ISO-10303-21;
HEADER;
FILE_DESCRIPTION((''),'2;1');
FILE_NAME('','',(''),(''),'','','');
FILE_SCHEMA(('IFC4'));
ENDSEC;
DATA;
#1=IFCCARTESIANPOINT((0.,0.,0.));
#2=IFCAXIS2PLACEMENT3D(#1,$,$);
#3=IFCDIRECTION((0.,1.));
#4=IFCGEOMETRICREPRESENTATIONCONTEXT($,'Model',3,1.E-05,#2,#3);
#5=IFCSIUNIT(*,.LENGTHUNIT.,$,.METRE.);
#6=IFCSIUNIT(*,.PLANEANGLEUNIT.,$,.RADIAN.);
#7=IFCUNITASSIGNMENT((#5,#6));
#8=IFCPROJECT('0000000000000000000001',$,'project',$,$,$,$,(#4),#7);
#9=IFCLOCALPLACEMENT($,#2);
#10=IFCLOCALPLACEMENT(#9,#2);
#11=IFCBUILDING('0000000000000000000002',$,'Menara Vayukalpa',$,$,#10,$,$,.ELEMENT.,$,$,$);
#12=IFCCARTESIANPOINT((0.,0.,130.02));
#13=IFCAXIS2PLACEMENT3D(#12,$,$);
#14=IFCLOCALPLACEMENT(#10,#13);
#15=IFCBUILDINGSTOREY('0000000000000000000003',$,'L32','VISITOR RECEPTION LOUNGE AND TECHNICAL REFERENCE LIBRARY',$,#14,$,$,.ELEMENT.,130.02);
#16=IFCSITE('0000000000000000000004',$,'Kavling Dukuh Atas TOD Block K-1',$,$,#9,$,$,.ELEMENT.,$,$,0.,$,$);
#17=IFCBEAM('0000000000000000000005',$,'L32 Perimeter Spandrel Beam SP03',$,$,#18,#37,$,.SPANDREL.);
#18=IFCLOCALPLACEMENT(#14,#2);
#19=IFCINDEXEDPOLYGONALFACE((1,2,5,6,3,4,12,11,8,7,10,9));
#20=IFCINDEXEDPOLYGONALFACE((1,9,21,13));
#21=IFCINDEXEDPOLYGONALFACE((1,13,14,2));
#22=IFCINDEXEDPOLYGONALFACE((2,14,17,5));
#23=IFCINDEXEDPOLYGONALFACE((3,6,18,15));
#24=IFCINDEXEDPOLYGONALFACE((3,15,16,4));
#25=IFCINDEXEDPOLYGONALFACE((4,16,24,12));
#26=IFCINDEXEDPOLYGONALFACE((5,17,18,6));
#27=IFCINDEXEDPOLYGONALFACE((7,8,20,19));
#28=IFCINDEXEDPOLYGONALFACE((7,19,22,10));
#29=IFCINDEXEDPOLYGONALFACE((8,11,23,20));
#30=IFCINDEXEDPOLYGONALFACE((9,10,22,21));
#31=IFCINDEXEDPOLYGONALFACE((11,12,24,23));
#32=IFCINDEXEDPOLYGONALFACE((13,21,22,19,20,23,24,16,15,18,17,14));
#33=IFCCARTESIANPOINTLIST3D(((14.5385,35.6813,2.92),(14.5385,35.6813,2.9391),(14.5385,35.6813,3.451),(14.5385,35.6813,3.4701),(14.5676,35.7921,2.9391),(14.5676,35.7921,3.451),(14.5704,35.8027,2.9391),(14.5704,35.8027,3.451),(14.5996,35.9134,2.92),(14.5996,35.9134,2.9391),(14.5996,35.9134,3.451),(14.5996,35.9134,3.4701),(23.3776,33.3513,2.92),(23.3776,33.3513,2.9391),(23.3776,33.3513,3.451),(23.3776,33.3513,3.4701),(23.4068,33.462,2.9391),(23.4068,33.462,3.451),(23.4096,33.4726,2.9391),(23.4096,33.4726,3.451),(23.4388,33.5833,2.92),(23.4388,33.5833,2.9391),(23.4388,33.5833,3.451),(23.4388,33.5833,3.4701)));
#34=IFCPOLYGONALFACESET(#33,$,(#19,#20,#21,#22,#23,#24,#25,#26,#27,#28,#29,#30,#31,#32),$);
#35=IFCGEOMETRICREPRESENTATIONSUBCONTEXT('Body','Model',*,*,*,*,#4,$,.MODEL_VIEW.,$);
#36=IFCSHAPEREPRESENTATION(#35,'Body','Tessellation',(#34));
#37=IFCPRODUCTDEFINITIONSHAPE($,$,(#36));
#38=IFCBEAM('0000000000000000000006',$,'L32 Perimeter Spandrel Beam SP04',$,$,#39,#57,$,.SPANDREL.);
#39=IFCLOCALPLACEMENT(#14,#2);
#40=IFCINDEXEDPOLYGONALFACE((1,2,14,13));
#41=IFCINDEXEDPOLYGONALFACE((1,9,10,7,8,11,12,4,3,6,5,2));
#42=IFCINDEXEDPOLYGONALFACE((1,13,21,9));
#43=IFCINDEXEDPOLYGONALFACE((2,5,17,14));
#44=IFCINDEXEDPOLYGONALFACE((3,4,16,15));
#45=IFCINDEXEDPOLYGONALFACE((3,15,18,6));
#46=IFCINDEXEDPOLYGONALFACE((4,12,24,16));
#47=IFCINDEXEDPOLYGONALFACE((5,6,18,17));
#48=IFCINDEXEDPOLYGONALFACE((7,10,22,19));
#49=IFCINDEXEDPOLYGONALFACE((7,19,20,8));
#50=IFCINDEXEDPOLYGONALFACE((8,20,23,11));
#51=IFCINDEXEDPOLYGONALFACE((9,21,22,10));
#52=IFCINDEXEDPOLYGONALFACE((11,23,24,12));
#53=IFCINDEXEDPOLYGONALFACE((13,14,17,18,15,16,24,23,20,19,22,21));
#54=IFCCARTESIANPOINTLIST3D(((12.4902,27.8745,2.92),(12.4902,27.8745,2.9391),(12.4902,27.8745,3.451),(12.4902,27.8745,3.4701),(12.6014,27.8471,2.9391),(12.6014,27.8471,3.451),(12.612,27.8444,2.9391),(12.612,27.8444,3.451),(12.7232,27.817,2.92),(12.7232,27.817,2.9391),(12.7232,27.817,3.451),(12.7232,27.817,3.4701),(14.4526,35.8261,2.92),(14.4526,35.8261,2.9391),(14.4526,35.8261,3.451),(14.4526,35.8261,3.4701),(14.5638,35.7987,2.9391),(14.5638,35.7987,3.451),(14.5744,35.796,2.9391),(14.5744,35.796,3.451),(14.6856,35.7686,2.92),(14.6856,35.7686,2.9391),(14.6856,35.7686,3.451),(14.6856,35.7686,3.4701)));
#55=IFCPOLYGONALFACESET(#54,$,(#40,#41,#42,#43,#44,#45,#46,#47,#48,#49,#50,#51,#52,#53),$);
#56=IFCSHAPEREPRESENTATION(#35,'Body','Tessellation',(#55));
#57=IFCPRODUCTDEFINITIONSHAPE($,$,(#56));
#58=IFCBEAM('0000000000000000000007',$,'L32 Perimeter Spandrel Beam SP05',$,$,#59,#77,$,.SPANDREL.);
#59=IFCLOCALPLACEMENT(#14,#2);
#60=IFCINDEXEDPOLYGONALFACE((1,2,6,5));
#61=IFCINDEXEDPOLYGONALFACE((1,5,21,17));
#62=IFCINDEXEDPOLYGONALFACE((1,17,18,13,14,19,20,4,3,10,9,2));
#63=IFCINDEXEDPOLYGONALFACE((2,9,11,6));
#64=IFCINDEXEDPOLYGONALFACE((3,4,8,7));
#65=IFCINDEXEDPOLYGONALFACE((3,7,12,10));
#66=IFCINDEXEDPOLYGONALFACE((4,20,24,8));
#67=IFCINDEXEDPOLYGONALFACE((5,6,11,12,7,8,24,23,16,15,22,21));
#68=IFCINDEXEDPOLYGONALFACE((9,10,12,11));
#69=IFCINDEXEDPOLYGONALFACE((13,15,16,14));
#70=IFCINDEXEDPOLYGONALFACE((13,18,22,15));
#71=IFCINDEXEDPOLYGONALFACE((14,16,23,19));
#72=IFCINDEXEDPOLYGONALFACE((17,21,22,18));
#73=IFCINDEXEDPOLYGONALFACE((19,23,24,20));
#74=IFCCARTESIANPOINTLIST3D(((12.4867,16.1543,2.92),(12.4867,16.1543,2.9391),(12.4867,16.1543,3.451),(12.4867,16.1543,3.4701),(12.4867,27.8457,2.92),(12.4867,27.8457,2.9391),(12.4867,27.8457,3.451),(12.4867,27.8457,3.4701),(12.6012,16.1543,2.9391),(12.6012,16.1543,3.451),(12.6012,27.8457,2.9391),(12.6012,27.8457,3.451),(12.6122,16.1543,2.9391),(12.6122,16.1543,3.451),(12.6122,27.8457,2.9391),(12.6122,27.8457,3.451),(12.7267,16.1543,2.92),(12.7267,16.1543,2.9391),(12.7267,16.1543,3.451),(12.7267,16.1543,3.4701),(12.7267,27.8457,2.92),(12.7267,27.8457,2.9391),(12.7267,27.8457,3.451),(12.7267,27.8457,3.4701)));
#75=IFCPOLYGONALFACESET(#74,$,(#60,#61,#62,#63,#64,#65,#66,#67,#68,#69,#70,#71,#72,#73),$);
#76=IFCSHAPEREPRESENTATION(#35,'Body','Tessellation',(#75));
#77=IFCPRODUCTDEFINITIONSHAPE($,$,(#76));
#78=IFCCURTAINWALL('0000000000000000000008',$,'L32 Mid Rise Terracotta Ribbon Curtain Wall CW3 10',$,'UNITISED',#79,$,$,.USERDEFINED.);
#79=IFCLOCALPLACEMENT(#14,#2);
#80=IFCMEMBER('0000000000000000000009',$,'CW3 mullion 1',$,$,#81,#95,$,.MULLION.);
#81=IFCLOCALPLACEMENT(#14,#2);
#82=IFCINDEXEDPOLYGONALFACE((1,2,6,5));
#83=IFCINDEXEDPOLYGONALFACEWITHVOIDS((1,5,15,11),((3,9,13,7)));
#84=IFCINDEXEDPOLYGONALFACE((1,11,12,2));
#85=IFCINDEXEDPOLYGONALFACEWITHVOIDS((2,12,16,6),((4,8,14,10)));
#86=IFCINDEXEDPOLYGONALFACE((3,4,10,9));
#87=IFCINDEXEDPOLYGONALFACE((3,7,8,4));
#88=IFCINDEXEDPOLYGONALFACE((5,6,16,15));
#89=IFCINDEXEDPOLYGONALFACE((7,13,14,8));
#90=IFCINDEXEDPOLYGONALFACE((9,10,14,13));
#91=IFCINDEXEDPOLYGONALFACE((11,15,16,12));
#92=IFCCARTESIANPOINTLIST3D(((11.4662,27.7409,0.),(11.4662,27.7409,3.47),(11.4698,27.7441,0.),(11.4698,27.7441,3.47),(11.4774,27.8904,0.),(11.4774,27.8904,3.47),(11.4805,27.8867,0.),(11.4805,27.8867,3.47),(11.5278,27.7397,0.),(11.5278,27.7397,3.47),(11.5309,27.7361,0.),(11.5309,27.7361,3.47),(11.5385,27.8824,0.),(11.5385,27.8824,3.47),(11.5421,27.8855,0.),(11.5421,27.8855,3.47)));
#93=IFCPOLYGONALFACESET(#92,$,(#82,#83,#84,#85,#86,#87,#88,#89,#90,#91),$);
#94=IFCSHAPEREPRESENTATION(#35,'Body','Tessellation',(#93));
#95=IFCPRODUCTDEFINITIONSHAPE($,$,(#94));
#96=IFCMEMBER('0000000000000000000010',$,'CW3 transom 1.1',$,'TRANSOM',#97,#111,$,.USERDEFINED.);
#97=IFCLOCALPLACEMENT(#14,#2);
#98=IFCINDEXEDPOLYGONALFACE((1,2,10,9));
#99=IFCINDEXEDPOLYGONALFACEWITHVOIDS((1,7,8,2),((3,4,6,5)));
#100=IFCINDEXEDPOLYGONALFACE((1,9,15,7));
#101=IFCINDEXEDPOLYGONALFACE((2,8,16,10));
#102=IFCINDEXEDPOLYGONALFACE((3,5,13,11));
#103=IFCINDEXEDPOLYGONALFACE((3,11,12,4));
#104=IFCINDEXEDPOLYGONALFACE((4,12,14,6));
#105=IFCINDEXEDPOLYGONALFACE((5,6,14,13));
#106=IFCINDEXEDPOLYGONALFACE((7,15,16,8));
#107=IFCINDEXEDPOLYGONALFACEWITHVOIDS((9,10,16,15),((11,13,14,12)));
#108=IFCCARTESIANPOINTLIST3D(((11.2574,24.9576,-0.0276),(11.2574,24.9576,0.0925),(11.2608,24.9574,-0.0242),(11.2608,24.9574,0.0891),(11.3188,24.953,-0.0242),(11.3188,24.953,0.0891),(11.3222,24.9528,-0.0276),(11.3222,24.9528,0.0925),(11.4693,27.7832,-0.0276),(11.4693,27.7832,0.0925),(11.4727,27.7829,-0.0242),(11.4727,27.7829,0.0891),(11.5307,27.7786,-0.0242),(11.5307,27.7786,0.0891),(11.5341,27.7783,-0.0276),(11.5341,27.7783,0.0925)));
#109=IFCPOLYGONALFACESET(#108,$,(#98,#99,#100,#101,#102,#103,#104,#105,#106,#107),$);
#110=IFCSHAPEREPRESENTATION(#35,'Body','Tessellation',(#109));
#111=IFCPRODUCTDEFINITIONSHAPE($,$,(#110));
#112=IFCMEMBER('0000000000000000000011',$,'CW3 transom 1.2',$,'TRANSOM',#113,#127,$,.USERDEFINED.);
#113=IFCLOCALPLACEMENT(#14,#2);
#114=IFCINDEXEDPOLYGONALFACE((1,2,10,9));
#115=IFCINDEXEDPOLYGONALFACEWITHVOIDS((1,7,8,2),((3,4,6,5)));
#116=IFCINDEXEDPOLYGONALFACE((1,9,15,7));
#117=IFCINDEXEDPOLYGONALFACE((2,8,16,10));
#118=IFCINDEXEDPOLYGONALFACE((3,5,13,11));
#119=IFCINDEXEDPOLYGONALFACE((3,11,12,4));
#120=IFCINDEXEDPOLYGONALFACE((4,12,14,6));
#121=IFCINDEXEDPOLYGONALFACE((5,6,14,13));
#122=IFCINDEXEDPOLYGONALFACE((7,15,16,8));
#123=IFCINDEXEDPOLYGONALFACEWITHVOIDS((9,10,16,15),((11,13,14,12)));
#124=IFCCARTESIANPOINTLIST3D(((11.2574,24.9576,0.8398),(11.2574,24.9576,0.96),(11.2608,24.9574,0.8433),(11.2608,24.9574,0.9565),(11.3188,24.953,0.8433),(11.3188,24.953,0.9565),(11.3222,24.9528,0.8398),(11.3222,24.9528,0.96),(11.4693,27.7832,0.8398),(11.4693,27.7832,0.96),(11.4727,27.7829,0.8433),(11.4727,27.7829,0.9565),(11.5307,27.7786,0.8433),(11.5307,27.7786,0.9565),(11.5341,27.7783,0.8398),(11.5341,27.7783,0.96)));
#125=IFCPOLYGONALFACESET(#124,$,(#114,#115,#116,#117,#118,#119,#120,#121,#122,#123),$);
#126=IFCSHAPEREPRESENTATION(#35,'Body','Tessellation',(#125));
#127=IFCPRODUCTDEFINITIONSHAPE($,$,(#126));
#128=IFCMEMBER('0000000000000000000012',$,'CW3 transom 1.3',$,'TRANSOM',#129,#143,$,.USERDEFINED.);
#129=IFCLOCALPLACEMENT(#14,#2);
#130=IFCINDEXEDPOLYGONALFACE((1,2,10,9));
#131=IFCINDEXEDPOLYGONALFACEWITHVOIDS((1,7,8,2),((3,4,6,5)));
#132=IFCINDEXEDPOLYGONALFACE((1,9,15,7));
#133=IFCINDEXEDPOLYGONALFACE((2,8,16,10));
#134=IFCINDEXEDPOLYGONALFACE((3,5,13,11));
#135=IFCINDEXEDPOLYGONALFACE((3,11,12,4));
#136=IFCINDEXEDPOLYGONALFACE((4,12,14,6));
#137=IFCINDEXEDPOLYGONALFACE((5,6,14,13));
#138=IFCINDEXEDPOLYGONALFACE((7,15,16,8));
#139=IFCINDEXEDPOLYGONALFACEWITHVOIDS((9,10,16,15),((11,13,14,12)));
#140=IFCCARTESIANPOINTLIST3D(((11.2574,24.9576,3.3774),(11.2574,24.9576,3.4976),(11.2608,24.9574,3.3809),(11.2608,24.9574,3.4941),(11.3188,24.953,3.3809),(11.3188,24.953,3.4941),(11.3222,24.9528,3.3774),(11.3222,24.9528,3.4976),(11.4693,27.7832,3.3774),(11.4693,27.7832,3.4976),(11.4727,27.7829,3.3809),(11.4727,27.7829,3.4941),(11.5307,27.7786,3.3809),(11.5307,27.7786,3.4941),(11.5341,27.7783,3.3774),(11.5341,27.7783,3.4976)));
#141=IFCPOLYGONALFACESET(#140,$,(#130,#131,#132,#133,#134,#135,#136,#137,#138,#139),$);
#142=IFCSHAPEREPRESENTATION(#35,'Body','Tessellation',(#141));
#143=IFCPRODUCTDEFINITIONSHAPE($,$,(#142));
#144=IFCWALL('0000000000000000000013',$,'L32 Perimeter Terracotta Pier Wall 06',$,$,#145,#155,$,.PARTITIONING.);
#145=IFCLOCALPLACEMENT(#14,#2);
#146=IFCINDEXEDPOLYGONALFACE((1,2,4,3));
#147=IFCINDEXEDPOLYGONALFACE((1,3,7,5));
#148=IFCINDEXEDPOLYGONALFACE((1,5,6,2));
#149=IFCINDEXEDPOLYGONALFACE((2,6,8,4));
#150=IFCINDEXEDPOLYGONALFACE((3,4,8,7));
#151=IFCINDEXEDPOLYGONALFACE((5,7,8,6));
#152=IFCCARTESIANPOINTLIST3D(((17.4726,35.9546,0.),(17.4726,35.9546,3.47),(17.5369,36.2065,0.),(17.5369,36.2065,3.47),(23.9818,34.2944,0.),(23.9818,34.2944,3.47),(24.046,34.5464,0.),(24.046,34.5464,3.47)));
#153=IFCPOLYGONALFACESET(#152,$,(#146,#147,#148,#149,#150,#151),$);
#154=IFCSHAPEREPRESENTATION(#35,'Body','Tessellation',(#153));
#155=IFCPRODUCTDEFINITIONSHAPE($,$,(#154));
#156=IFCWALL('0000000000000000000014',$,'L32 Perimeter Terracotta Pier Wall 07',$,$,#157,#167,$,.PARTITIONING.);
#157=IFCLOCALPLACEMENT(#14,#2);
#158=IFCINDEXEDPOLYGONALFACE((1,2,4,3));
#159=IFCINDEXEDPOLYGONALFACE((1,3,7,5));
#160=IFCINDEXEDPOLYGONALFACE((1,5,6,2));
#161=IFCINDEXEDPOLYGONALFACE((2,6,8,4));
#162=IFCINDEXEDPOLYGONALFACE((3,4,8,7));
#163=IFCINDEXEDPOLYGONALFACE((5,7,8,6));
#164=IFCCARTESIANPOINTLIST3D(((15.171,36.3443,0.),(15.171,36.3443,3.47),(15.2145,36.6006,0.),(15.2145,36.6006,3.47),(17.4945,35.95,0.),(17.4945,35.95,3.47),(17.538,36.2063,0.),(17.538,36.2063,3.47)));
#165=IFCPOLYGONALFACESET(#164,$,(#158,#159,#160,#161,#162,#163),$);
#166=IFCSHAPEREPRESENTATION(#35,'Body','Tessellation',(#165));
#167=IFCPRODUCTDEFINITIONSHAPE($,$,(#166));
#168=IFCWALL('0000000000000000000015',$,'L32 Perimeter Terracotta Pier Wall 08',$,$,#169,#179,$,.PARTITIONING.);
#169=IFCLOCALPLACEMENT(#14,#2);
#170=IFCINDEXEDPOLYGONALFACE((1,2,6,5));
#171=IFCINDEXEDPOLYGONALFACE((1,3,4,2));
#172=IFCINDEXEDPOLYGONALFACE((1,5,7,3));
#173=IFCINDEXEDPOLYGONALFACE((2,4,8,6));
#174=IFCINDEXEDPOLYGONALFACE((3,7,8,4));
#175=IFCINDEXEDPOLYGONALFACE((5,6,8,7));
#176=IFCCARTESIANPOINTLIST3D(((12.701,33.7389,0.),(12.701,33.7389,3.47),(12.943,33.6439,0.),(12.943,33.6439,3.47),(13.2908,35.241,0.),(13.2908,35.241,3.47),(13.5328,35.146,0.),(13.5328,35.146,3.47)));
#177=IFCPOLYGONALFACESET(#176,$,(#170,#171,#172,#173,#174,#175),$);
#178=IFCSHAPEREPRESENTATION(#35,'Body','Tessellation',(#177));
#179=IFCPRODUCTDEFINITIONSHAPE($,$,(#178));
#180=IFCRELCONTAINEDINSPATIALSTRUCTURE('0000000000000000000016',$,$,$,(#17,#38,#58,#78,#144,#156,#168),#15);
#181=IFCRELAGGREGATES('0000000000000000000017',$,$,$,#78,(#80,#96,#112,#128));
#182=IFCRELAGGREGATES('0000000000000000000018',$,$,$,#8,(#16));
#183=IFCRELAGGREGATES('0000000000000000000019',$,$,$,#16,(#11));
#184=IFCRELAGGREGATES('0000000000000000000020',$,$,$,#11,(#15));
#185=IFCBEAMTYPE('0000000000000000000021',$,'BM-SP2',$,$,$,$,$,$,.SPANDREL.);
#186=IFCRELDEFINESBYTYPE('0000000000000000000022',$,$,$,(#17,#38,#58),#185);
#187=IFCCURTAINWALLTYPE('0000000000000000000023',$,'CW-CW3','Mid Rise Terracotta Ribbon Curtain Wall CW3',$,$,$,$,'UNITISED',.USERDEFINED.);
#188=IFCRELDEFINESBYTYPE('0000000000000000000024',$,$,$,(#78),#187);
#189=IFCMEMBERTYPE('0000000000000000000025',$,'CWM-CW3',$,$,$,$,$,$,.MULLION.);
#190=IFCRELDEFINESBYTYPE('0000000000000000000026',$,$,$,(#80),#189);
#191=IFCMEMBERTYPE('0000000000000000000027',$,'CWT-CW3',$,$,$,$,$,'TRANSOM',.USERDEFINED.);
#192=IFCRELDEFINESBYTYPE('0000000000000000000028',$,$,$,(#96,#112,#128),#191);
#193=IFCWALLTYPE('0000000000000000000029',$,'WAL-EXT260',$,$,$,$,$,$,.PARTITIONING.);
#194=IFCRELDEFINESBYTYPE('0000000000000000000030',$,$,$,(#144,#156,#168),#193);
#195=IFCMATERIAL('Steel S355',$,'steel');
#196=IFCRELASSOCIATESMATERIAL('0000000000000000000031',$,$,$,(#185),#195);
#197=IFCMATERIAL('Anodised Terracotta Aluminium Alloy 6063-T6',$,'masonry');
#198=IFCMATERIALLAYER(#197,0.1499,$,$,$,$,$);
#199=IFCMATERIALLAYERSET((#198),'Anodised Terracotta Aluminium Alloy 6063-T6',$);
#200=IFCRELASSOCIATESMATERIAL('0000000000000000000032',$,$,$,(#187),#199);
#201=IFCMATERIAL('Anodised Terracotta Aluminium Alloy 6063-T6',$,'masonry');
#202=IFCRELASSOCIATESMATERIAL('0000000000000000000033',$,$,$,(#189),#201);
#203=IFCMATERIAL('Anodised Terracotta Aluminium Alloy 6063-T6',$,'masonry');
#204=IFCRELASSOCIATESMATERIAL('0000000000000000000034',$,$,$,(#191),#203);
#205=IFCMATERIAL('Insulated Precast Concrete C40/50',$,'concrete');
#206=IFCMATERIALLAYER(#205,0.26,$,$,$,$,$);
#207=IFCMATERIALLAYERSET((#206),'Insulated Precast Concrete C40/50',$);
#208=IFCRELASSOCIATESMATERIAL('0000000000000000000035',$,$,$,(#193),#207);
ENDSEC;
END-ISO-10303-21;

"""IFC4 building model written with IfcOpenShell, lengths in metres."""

from ifc_helpers import new_model, si_unit, direction, frame, frame_2d, origin, origin_2d, place, context, subcontext, project, spatial, rectangle, hollow_rectangle, i_section, extrude, material, layer, layer_set, material_profile, profile_set, type_object, element, aggregate, save


model = new_model("IFC4")

# Units and contexts
model_context = context("Model", 3, precision=1e-05, world=origin(), true_north=direction((0.0, 1.0)))
body_context = subcontext(model_context, "Body", "Model", "MODEL_VIEW")
ifc_project = project(units=[si_unit("LENGTHUNIT", "METRE"), si_unit("PLANEANGLEUNIT", "RADIAN")], contexts=[model_context])

# Site, building, storey
site_placement = place(None, origin())
site = spatial("IfcSite", under=ifc_project, at=site_placement, Name="Kavling Dukuh Atas TOD Block K-1", CompositionType="ELEMENT", RefElevation=0.0)
building_placement = place(site_placement, origin())
building = spatial("IfcBuilding", under=site, at=building_placement, Name="Menara Vayukalpa", CompositionType="ELEMENT")
storey_placement = place(building_placement, frame((0.0, 0.0, 130.02)))
storey = spatial("IfcBuildingStorey", under=building, at=storey_placement, Name="L32", Description="VISITOR RECEPTION LOUNGE AND TECHNICAL REFERENCE LIBRARY", CompositionType="ELEMENT", Elevation=130.02)

# Beams
ifc_material_1 = material(Name="Steel S355", Category="steel")
ifc_material_profile_1 = material_profile(ifc_material_1, i_section(OverallWidth=0.24, OverallDepth=0.55, WebThickness=0.011, FlangeThickness=0.019, at=origin_2d()), Name="WF 550x240x11x19")
ifc_profile_set_1 = profile_set([ifc_material_profile_1], Name="Steel S355")
beam_type_1 = type_object("IfcBeamType", Name="BM-SP2", PredefinedType="SPANDREL", material=ifc_profile_set_1)
beam_1_placement = place(storey_placement, frame((23.4082, 33.4673, 3.1951), z_axis=(-0.966967, 0.254902, 0.0), x_axis=(-0.254902, -0.966967, 0.0)))
element("IfcBeam", 1, at=beam_1_placement, inside=storey, type_object=beam_type_1, Name="L32 Perimeter Spandrel Beam SP03", PredefinedType="SPANDREL", context=body_context, shape_type="SweptSolid", body=[
    extrude(i_section(OverallWidth=0.24, OverallDepth=0.55, WebThickness=0.011, FlangeThickness=0.019, at=origin_2d()), origin(), (0.0, 0.0, 1.0), 9.1411),
])
beam_2_placement = place(storey_placement, frame((14.5691, 35.7974, 3.1951), z_axis=(-0.239603, -0.970871, 0.0), x_axis=(0.970871, -0.239603, 0.0)))
element("IfcBeam", 2, at=beam_2_placement, inside=storey, type_object=beam_type_1, Name="L32 Perimeter Spandrel Beam SP04", PredefinedType="SPANDREL", context=body_context, shape_type="SweptSolid", body=[
    extrude(i_section(OverallWidth=0.24, OverallDepth=0.55, WebThickness=0.011, FlangeThickness=0.019, at=origin_2d()), origin(), (0.0, 0.0, 1.0), 8.1902),
])
beam_3_placement = place(storey_placement, frame((12.6067, 27.8457, 3.1951), z_axis=(0.0, -1.0, 0.0), x_axis=(1.0, 0.0, 0.0)))
element("IfcBeam", 3, at=beam_3_placement, inside=storey, type_object=beam_type_1, Name="L32 Perimeter Spandrel Beam SP05", PredefinedType="SPANDREL", context=body_context, shape_type="SweptSolid", body=[
    extrude(i_section(OverallWidth=0.24, OverallDepth=0.55, WebThickness=0.011, FlangeThickness=0.019, at=origin_2d()), origin(), (0.0, 0.0, 1.0), 11.6914),
])

# Curtain wall, members
ifc_material_2 = material(Name="Anodised Terracotta Aluminium Alloy 6063-T6", Category="masonry")
ifc_layer_1 = layer(ifc_material_2, 0.1499)
ifc_layer_set_1 = layer_set([ifc_layer_1], Name="Anodised Terracotta Aluminium Alloy 6063-T6")
curtain_wall_type = type_object("IfcCurtainWallType", Name="CW-CW3", Description="Mid Rise Terracotta Ribbon Curtain Wall CW3", ElementType="UNITISED", PredefinedType="USERDEFINED", material=ifc_layer_set_1)
curtain_wall_placement = place(storey_placement, origin())
curtain_wall = element("IfcCurtainWall", 4, at=curtain_wall_placement, inside=storey, type_object=curtain_wall_type, Name="L32 Mid Rise Terracotta Ribbon Curtain Wall CW3 10", ObjectType="UNITISED", PredefinedType="USERDEFINED")
ifc_material_3 = material(Name="Anodised Terracotta Aluminium Alloy 6063-T6", Category="masonry")
ifc_material_profile_2 = material_profile(ifc_material_3, hollow_rectangle(XDim=0.0649, YDim=0.1499, WallThickness=0.0034, at=origin_2d()), Name="ALU 65x150x3.5")
ifc_profile_set_2 = profile_set([ifc_material_profile_2], Name="Anodised Terracotta Aluminium Alloy 6063-T6")
member_type_1 = type_object("IfcMemberType", Name="CWM-CW3", PredefinedType="MULLION", material=ifc_profile_set_2)
member_1_placement = place(storey_placement, frame((11.5042, 27.8132, 0.0), z_axis=(0.0, 0.0, 1.0), x_axis=(0.9972, -0.074785, 0.0)))
member_1 = element("IfcMember", 5, at=member_1_placement, type_object=member_type_1, Name="CW3 mullion 1", PredefinedType="MULLION", context=body_context, shape_type="SweptSolid", body=[
    extrude(hollow_rectangle(XDim=0.0649, YDim=0.1499, WallThickness=0.0034, at=origin_2d()), origin(), (0.0, 0.0, 1.0), 3.47),
])
ifc_material_4 = material(Name="Anodised Terracotta Aluminium Alloy 6063-T6", Category="masonry")
ifc_material_profile_3 = material_profile(ifc_material_4, hollow_rectangle(XDim=0.0649, YDim=0.1201, WallThickness=0.0034, at=origin_2d()), Name="ALU 65x120x3.5")
ifc_profile_set_3 = profile_set([ifc_material_profile_3], Name="Anodised Terracotta Aluminium Alloy 6063-T6")
member_type_2 = type_object("IfcMemberType", Name="CWT-CW3", ElementType="TRANSOM", PredefinedType="USERDEFINED", material=ifc_profile_set_3)
member_2_placement = place(storey_placement, frame((11.5017, 27.7808, 0.0325), z_axis=(-0.074792, -0.997199, 0.0), x_axis=(0.997199, -0.074792, 0.0)))
member_2 = element("IfcMember", 6, at=member_2_placement, type_object=member_type_2, Name="CW3 transom 1.1", ObjectType="TRANSOM", PredefinedType="USERDEFINED", context=body_context, shape_type="SweptSolid", body=[
    extrude(hollow_rectangle(XDim=0.0649, YDim=0.1201, WallThickness=0.0034, at=origin_2d()), origin(), (0.0, 0.0, 1.0), 2.8335),
])
member_3_placement = place(storey_placement, frame((11.5017, 27.7808, 0.8999), z_axis=(-0.074792, -0.997199, 0.0), x_axis=(0.997199, -0.074792, 0.0)))
member_3 = element("IfcMember", 7, at=member_3_placement, type_object=member_type_2, Name="CW3 transom 1.2", ObjectType="TRANSOM", PredefinedType="USERDEFINED", context=body_context, shape_type="SweptSolid", body=[
    extrude(hollow_rectangle(XDim=0.0649, YDim=0.1201, WallThickness=0.0034, at=origin_2d()), origin(), (0.0, 0.0, 1.0), 2.8335),
])
member_4_placement = place(storey_placement, frame((11.5017, 27.7808, 3.4375), z_axis=(-0.074792, -0.997199, 0.0), x_axis=(0.997199, -0.074792, 0.0)))
member_4 = element("IfcMember", 8, at=member_4_placement, type_object=member_type_2, Name="CW3 transom 1.3", ObjectType="TRANSOM", PredefinedType="USERDEFINED", context=body_context, shape_type="SweptSolid", body=[
    extrude(hollow_rectangle(XDim=0.0649, YDim=0.1201, WallThickness=0.0034, at=origin_2d()), origin(), (0.0, 0.0, 1.0), 2.8335),
])
aggregate(curtain_wall, [member_1, member_2, member_3, member_4])

# Walls
ifc_material_5 = material(Name="Insulated Precast Concrete C40/50", Category="concrete")
ifc_layer_2 = layer(ifc_material_5, 0.26)
ifc_layer_set_2 = layer_set([ifc_layer_2], Name="Insulated Precast Concrete C40/50")
wall_type_1 = type_object("IfcWallType", Name="WAL-EXT260", PredefinedType="PARTITIONING", material=ifc_layer_set_2)
wall_1_placement = place(storey_placement, frame((17.5046, 36.0806, 0.0), z_axis=(0.0, 0.0, 1.0), x_axis=(0.968981, -0.247134, 0.0)))
element("IfcWall", 9, at=wall_1_placement, inside=storey, type_object=wall_type_1, Name="L32 Perimeter Terracotta Pier Wall 06", PredefinedType="PARTITIONING", context=body_context, shape_type="SweptSolid", body=[
    extrude(rectangle(XDim=6.7175, YDim=0.26, at=frame_2d((3.3589, 0.0))), origin(), (0.0, 0.0, 1.0), 3.47),
])
wall_2_placement = place(storey_placement, frame((15.1929, 36.4724, 0.0), z_axis=(0.0, 0.0, 1.0), x_axis=(0.985905, -0.167305, 0.0)))
element("IfcWall", 10, at=wall_2_placement, inside=storey, type_object=wall_type_1, Name="L32 Perimeter Terracotta Pier Wall 07", PredefinedType="PARTITIONING", context=body_context, shape_type="SweptSolid", body=[
    extrude(rectangle(XDim=2.3567, YDim=0.26, at=frame_2d((1.1782, 0.0))), origin(), (0.0, 0.0, 1.0), 3.47),
])
wall_3_placement = place(storey_placement, frame((12.822, 33.6914, 0.0), z_axis=(0.0, 0.0, 1.0), x_axis=(0.365489, 0.930816, 0.0)))
element("IfcWall", 11, at=wall_3_placement, inside=storey, type_object=wall_type_1, Name="L32 Perimeter Terracotta Pier Wall 08", PredefinedType="PARTITIONING", context=body_context, shape_type="SweptSolid", body=[
    extrude(rectangle(XDim=1.6138, YDim=0.26, at=frame_2d((0.8069, 0.0))), origin(), (0.0, 0.0, 1.0), 3.47),
])

save(model, "model.ifc")
